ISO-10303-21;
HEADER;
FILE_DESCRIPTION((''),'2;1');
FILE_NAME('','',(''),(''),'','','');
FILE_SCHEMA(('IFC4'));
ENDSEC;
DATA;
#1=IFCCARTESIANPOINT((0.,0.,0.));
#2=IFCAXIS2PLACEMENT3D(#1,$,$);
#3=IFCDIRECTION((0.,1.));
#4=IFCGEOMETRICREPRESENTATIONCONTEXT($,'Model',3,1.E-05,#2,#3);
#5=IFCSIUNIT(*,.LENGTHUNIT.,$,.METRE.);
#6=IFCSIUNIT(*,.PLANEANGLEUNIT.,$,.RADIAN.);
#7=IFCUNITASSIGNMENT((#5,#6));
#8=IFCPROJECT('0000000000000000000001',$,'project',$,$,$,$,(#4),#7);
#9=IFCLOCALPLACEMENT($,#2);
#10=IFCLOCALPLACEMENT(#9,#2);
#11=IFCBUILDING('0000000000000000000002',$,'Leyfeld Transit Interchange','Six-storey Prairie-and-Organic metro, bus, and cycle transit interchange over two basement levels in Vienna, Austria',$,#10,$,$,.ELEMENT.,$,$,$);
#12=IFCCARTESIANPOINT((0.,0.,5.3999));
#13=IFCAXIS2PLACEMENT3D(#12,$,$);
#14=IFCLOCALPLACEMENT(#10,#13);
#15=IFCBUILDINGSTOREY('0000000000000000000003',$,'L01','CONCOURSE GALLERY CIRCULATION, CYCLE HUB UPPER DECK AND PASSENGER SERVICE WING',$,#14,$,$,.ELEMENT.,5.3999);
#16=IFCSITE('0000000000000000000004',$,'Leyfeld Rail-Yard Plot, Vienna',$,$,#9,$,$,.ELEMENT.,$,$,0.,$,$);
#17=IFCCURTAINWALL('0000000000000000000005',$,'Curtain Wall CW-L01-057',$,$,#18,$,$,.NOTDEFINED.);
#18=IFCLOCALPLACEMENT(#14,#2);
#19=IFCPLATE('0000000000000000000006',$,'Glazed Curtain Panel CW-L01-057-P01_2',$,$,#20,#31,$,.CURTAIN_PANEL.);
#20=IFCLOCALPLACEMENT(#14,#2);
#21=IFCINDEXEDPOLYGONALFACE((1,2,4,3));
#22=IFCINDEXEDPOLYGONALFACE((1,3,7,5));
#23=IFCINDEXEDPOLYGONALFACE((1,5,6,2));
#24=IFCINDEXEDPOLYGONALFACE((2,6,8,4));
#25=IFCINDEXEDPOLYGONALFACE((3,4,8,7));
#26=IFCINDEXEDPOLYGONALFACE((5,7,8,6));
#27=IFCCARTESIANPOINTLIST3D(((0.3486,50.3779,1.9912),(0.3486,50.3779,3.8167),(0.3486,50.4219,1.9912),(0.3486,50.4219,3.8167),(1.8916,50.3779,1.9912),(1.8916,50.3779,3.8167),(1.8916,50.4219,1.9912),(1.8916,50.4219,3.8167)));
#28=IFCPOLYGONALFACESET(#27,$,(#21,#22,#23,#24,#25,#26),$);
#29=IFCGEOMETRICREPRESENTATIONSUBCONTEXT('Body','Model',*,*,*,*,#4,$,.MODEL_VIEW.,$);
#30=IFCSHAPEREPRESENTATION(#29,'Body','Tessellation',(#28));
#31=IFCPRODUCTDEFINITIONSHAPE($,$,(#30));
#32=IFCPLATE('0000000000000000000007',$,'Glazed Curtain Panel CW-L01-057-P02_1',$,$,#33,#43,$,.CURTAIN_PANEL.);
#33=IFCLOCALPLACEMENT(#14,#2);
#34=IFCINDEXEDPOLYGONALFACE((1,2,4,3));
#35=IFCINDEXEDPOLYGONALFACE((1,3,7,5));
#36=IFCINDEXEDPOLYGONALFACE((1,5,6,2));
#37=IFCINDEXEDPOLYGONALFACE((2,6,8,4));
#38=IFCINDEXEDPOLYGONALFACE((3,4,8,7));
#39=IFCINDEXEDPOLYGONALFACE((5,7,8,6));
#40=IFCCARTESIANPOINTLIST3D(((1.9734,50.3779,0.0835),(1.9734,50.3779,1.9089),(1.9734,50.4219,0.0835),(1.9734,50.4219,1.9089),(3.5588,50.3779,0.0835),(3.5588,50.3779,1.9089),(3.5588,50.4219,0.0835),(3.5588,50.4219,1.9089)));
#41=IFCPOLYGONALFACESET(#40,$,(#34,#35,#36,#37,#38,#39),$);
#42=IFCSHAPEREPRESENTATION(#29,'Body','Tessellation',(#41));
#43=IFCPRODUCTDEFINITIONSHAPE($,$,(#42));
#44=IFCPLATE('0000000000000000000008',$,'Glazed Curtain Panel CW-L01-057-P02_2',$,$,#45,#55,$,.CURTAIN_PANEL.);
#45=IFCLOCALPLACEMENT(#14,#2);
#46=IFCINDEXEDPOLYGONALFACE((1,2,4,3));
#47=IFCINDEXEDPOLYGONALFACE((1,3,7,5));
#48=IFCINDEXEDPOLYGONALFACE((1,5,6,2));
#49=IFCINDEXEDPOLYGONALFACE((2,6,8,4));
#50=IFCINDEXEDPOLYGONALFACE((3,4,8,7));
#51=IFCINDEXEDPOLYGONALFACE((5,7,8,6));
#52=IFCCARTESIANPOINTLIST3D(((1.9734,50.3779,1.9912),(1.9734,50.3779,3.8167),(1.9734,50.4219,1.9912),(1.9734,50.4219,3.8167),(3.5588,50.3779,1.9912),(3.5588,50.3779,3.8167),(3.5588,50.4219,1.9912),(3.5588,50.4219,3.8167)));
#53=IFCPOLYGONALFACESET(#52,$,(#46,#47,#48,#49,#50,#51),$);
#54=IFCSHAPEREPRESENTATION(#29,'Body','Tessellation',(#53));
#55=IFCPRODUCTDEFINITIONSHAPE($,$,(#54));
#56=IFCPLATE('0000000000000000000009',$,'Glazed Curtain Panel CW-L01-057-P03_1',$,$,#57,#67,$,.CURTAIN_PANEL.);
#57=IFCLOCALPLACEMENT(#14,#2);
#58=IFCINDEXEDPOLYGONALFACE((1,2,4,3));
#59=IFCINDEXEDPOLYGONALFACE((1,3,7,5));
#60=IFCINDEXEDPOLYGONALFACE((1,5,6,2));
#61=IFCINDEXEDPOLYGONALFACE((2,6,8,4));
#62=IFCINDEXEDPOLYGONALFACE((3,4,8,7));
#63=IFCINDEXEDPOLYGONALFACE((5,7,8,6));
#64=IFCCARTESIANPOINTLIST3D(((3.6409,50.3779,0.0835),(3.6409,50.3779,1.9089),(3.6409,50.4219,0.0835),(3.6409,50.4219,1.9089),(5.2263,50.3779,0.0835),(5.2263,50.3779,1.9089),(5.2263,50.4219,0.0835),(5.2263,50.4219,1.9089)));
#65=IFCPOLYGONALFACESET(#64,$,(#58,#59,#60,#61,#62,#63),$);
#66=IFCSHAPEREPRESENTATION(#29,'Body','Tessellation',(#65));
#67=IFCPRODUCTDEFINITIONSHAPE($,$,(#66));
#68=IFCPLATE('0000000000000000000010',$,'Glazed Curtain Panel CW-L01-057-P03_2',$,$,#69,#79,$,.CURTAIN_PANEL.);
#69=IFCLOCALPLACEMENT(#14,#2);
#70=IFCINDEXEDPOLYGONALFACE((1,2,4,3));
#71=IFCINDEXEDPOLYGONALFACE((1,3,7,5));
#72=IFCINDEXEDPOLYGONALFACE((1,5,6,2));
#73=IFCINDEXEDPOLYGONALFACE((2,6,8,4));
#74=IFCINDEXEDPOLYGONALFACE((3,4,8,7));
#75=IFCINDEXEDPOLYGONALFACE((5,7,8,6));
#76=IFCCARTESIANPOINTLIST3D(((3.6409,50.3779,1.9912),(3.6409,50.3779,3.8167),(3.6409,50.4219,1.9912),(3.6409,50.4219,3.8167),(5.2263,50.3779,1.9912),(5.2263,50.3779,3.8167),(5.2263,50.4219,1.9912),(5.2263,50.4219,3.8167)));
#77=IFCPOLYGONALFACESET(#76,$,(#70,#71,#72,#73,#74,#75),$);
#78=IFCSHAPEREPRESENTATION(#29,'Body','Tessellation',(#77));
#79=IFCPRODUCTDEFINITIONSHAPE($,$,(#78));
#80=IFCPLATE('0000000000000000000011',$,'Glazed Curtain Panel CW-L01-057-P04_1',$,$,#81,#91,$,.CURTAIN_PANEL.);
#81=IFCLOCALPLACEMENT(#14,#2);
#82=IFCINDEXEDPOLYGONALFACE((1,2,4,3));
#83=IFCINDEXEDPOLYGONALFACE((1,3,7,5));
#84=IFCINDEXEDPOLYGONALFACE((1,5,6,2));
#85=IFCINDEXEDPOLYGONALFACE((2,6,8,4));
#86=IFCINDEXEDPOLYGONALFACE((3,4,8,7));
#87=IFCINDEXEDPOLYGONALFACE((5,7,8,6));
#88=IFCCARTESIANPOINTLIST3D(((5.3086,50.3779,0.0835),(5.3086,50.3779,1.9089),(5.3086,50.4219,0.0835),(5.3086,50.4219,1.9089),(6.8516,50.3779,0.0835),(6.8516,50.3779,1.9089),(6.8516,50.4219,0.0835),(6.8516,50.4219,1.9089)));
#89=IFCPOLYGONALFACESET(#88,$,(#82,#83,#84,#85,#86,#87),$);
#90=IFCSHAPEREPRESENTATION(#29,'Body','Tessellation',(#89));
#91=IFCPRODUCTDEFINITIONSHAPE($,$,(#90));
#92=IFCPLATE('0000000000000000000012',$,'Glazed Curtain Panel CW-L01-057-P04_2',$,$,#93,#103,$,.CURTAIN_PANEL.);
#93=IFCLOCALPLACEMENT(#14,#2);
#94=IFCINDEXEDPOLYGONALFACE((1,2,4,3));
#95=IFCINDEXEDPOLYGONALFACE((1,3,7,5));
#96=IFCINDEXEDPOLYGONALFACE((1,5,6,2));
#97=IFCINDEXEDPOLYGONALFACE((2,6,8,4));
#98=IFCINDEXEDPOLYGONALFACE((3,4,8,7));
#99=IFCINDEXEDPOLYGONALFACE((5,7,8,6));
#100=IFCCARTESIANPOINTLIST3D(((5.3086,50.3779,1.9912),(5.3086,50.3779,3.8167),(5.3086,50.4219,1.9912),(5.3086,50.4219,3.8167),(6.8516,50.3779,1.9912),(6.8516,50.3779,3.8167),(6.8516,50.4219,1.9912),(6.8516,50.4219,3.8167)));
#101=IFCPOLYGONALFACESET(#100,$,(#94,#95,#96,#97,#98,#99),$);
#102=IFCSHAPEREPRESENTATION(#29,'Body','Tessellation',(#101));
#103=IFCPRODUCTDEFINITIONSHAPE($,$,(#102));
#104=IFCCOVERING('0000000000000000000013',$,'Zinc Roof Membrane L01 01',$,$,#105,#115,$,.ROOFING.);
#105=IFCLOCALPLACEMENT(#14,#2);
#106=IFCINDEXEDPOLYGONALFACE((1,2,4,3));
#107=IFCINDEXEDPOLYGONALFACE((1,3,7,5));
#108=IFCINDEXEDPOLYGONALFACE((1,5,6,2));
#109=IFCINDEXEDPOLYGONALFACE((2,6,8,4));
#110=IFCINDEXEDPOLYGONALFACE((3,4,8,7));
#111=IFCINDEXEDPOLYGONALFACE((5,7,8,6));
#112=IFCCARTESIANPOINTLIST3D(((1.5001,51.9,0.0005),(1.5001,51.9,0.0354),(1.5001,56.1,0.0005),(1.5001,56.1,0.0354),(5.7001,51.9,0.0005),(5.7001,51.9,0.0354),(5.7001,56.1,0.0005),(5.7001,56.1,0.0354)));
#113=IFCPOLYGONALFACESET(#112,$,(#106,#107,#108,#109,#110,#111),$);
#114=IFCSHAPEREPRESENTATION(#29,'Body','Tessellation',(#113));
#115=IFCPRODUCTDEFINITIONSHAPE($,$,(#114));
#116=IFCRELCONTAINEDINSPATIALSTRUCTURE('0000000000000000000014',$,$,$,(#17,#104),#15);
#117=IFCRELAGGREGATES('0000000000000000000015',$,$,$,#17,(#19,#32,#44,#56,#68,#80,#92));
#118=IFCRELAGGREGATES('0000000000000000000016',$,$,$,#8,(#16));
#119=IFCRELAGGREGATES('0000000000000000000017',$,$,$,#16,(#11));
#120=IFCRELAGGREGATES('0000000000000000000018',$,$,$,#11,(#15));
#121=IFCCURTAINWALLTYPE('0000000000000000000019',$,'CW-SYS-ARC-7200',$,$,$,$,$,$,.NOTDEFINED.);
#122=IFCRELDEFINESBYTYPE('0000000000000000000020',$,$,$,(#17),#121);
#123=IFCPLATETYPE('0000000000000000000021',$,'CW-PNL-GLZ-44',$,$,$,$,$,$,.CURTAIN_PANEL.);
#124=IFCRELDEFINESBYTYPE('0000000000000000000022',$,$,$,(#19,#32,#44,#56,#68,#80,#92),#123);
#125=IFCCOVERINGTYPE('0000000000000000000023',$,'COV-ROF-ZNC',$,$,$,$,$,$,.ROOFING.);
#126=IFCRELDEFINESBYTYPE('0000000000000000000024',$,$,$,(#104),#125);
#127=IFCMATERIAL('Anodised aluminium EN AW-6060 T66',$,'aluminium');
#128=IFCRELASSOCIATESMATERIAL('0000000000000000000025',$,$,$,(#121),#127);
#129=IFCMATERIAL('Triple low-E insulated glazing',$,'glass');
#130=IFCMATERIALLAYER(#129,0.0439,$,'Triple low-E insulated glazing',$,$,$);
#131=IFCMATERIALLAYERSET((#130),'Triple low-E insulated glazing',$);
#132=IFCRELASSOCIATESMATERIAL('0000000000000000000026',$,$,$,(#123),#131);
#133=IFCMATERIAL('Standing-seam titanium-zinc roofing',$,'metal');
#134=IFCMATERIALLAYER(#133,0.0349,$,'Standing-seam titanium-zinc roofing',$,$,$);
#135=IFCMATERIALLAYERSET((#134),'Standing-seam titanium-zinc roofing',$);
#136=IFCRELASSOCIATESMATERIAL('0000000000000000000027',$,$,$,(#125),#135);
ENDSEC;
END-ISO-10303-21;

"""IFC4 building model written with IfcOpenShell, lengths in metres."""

from ifc_helpers import new_model, si_unit, direction, frame, origin, origin_2d, place, context, subcontext, project, spatial, rectangle, extrude, material, layer, layer_set, type_object, element, aggregate, save


model = new_model("IFC4")

# Units and contexts
model_context = context("Model", 3, precision=1e-05, world=origin(), true_north=direction((0.0, 1.0)))
body_context = subcontext(model_context, "Body", "Model", "MODEL_VIEW")
ifc_project = project(units=[si_unit("LENGTHUNIT", "METRE"), si_unit("PLANEANGLEUNIT", "RADIAN")], contexts=[model_context])

# Site, building, storey
site_placement = place(None, origin())
site = spatial("IfcSite", under=ifc_project, at=site_placement, Name="Leyfeld Rail-Yard Plot, Vienna", CompositionType="ELEMENT", RefElevation=0.0)
building_placement = place(site_placement, origin())
building = spatial("IfcBuilding", under=site, at=building_placement, Name="Leyfeld Transit Interchange", Description="Six-storey Prairie-and-Organic metro, bus, and cycle transit interchange over two basement levels in Vienna, Austria", CompositionType="ELEMENT")
storey_placement = place(building_placement, frame((0.0, 0.0, 5.3999)))
storey = spatial("IfcBuildingStorey", under=building, at=storey_placement, Name="L01", Description="CONCOURSE GALLERY CIRCULATION, CYCLE HUB UPPER DECK AND PASSENGER SERVICE WING", CompositionType="ELEMENT", Elevation=5.3999)

# Shared definitions
ifc_material_1 = material(Name="Anodised aluminium EN AW-6060 T66", Category="aluminium")
curtain_wall_type = type_object("IfcCurtainWallType", Name="CW-SYS-ARC-7200", PredefinedType="NOTDEFINED", material=ifc_material_1)

# Curtain wall
curtain_wall_1_placement = place(storey_placement, origin())
curtain_wall_1 = element("IfcCurtainWall", 1, at=curtain_wall_1_placement, inside=storey, type_object=curtain_wall_type, Name="Curtain Wall CW-L01-057", PredefinedType="NOTDEFINED")

# Plates
ifc_material_2 = material(Name="Triple low-E insulated glazing", Category="glass")
ifc_layer_1 = layer(ifc_material_2, 0.0439, Name="Triple low-E insulated glazing")
ifc_layer_set_1 = layer_set([ifc_layer_1], Name="Triple low-E insulated glazing")
plate_type = type_object("IfcPlateType", Name="CW-PNL-GLZ-44", PredefinedType="CURTAIN_PANEL", material=ifc_layer_set_1)
plate_1_placement = place(storey_placement, frame((1.1201, 50.3999, 1.9912), z_axis=(0.0, 0.0, 1.0), x_axis=(1.0, 0.0, 0.0)))
plate_1 = element("IfcPlate", 2, at=plate_1_placement, type_object=plate_type, Name="Glazed Curtain Panel CW-L01-057-P01_2", PredefinedType="CURTAIN_PANEL", context=body_context, shape_type="SweptSolid", body=[
    extrude(rectangle(XDim=1.543, YDim=0.0439, at=origin_2d()), origin(), (0.0, 0.0, 1.0), 1.8254),
])
plate_2_placement = place(storey_placement, frame((2.7661, 50.3999, 0.0835), z_axis=(0.0, 0.0, 1.0), x_axis=(1.0, 0.0, 0.0)))
plate_2 = element("IfcPlate", 3, at=plate_2_placement, type_object=plate_type, Name="Glazed Curtain Panel CW-L01-057-P02_1", PredefinedType="CURTAIN_PANEL", context=body_context, shape_type="SweptSolid", body=[
    extrude(rectangle(XDim=1.5854, YDim=0.0439, at=origin_2d()), origin(), (0.0, 0.0, 1.0), 1.8254),
])
plate_3_placement = place(storey_placement, frame((2.7661, 50.3999, 1.9912), z_axis=(0.0, 0.0, 1.0), x_axis=(1.0, 0.0, 0.0)))
plate_3 = element("IfcPlate", 4, at=plate_3_placement, type_object=plate_type, Name="Glazed Curtain Panel CW-L01-057-P02_2", PredefinedType="CURTAIN_PANEL", context=body_context, shape_type="SweptSolid", body=[
    extrude(rectangle(XDim=1.5854, YDim=0.0439, at=origin_2d()), origin(), (0.0, 0.0, 1.0), 1.8254),
])
plate_4_placement = place(storey_placement, frame((4.4336, 50.3999, 0.0835), z_axis=(0.0, 0.0, 1.0), x_axis=(1.0, 0.0, 0.0)))
plate_4 = element("IfcPlate", 5, at=plate_4_placement, type_object=plate_type, Name="Glazed Curtain Panel CW-L01-057-P03_1", PredefinedType="CURTAIN_PANEL", context=body_context, shape_type="SweptSolid", body=[
    extrude(rectangle(XDim=1.5854, YDim=0.0439, at=origin_2d()), origin(), (0.0, 0.0, 1.0), 1.8254),
])
plate_5_placement = place(storey_placement, frame((4.4336, 50.3999, 1.9912), z_axis=(0.0, 0.0, 1.0), x_axis=(1.0, 0.0, 0.0)))
plate_5 = element("IfcPlate", 6, at=plate_5_placement, type_object=plate_type, Name="Glazed Curtain Panel CW-L01-057-P03_2", PredefinedType="CURTAIN_PANEL", context=body_context, shape_type="SweptSolid", body=[
    extrude(rectangle(XDim=1.5854, YDim=0.0439, at=origin_2d()), origin(), (0.0, 0.0, 1.0), 1.8254),
])
plate_6_placement = place(storey_placement, frame((6.0801, 50.3999, 0.0835), z_axis=(0.0, 0.0, 1.0), x_axis=(1.0, 0.0, 0.0)))
plate_6 = element("IfcPlate", 7, at=plate_6_placement, type_object=plate_type, Name="Glazed Curtain Panel CW-L01-057-P04_1", PredefinedType="CURTAIN_PANEL", context=body_context, shape_type="SweptSolid", body=[
    extrude(rectangle(XDim=1.543, YDim=0.0439, at=origin_2d()), origin(), (0.0, 0.0, 1.0), 1.8254),
])
plate_7_placement = place(storey_placement, frame((6.0801, 50.3999, 1.9912), z_axis=(0.0, 0.0, 1.0), x_axis=(1.0, 0.0, 0.0)))
plate_7 = element("IfcPlate", 8, at=plate_7_placement, type_object=plate_type, Name="Glazed Curtain Panel CW-L01-057-P04_2", PredefinedType="CURTAIN_PANEL", context=body_context, shape_type="SweptSolid", body=[
    extrude(rectangle(XDim=1.543, YDim=0.0439, at=origin_2d()), origin(), (0.0, 0.0, 1.0), 1.8254),
])
aggregate(curtain_wall_1, [plate_1, plate_2, plate_3, plate_4, plate_5, plate_6, plate_7])

# Covering
ifc_material_3 = material(Name="Standing-seam titanium-zinc roofing", Category="metal")
ifc_layer_2 = layer(ifc_material_3, 0.0349, Name="Standing-seam titanium-zinc roofing")
ifc_layer_set_2 = layer_set([ifc_layer_2], Name="Standing-seam titanium-zinc roofing")
covering_type = type_object("IfcCoveringType", Name="COV-ROF-ZNC", PredefinedType="ROOFING", material=ifc_layer_set_2)
covering_placement = place(storey_placement, frame((3.6001, 54.0, 0.0005), z_axis=(0.0, 0.0, 1.0), x_axis=(1.0, 0.0, 0.0)))
element("IfcCovering", 9, at=covering_placement, inside=storey, type_object=covering_type, Name="Zinc Roof Membrane L01 01", PredefinedType="ROOFING", context=body_context, shape_type="SweptSolid", body=[
    extrude(rectangle(XDim=4.2, YDim=4.2, at=origin_2d()), origin(), (0.0, 0.0, 1.0), 0.0349),
])

save(model, "model.ifc")
